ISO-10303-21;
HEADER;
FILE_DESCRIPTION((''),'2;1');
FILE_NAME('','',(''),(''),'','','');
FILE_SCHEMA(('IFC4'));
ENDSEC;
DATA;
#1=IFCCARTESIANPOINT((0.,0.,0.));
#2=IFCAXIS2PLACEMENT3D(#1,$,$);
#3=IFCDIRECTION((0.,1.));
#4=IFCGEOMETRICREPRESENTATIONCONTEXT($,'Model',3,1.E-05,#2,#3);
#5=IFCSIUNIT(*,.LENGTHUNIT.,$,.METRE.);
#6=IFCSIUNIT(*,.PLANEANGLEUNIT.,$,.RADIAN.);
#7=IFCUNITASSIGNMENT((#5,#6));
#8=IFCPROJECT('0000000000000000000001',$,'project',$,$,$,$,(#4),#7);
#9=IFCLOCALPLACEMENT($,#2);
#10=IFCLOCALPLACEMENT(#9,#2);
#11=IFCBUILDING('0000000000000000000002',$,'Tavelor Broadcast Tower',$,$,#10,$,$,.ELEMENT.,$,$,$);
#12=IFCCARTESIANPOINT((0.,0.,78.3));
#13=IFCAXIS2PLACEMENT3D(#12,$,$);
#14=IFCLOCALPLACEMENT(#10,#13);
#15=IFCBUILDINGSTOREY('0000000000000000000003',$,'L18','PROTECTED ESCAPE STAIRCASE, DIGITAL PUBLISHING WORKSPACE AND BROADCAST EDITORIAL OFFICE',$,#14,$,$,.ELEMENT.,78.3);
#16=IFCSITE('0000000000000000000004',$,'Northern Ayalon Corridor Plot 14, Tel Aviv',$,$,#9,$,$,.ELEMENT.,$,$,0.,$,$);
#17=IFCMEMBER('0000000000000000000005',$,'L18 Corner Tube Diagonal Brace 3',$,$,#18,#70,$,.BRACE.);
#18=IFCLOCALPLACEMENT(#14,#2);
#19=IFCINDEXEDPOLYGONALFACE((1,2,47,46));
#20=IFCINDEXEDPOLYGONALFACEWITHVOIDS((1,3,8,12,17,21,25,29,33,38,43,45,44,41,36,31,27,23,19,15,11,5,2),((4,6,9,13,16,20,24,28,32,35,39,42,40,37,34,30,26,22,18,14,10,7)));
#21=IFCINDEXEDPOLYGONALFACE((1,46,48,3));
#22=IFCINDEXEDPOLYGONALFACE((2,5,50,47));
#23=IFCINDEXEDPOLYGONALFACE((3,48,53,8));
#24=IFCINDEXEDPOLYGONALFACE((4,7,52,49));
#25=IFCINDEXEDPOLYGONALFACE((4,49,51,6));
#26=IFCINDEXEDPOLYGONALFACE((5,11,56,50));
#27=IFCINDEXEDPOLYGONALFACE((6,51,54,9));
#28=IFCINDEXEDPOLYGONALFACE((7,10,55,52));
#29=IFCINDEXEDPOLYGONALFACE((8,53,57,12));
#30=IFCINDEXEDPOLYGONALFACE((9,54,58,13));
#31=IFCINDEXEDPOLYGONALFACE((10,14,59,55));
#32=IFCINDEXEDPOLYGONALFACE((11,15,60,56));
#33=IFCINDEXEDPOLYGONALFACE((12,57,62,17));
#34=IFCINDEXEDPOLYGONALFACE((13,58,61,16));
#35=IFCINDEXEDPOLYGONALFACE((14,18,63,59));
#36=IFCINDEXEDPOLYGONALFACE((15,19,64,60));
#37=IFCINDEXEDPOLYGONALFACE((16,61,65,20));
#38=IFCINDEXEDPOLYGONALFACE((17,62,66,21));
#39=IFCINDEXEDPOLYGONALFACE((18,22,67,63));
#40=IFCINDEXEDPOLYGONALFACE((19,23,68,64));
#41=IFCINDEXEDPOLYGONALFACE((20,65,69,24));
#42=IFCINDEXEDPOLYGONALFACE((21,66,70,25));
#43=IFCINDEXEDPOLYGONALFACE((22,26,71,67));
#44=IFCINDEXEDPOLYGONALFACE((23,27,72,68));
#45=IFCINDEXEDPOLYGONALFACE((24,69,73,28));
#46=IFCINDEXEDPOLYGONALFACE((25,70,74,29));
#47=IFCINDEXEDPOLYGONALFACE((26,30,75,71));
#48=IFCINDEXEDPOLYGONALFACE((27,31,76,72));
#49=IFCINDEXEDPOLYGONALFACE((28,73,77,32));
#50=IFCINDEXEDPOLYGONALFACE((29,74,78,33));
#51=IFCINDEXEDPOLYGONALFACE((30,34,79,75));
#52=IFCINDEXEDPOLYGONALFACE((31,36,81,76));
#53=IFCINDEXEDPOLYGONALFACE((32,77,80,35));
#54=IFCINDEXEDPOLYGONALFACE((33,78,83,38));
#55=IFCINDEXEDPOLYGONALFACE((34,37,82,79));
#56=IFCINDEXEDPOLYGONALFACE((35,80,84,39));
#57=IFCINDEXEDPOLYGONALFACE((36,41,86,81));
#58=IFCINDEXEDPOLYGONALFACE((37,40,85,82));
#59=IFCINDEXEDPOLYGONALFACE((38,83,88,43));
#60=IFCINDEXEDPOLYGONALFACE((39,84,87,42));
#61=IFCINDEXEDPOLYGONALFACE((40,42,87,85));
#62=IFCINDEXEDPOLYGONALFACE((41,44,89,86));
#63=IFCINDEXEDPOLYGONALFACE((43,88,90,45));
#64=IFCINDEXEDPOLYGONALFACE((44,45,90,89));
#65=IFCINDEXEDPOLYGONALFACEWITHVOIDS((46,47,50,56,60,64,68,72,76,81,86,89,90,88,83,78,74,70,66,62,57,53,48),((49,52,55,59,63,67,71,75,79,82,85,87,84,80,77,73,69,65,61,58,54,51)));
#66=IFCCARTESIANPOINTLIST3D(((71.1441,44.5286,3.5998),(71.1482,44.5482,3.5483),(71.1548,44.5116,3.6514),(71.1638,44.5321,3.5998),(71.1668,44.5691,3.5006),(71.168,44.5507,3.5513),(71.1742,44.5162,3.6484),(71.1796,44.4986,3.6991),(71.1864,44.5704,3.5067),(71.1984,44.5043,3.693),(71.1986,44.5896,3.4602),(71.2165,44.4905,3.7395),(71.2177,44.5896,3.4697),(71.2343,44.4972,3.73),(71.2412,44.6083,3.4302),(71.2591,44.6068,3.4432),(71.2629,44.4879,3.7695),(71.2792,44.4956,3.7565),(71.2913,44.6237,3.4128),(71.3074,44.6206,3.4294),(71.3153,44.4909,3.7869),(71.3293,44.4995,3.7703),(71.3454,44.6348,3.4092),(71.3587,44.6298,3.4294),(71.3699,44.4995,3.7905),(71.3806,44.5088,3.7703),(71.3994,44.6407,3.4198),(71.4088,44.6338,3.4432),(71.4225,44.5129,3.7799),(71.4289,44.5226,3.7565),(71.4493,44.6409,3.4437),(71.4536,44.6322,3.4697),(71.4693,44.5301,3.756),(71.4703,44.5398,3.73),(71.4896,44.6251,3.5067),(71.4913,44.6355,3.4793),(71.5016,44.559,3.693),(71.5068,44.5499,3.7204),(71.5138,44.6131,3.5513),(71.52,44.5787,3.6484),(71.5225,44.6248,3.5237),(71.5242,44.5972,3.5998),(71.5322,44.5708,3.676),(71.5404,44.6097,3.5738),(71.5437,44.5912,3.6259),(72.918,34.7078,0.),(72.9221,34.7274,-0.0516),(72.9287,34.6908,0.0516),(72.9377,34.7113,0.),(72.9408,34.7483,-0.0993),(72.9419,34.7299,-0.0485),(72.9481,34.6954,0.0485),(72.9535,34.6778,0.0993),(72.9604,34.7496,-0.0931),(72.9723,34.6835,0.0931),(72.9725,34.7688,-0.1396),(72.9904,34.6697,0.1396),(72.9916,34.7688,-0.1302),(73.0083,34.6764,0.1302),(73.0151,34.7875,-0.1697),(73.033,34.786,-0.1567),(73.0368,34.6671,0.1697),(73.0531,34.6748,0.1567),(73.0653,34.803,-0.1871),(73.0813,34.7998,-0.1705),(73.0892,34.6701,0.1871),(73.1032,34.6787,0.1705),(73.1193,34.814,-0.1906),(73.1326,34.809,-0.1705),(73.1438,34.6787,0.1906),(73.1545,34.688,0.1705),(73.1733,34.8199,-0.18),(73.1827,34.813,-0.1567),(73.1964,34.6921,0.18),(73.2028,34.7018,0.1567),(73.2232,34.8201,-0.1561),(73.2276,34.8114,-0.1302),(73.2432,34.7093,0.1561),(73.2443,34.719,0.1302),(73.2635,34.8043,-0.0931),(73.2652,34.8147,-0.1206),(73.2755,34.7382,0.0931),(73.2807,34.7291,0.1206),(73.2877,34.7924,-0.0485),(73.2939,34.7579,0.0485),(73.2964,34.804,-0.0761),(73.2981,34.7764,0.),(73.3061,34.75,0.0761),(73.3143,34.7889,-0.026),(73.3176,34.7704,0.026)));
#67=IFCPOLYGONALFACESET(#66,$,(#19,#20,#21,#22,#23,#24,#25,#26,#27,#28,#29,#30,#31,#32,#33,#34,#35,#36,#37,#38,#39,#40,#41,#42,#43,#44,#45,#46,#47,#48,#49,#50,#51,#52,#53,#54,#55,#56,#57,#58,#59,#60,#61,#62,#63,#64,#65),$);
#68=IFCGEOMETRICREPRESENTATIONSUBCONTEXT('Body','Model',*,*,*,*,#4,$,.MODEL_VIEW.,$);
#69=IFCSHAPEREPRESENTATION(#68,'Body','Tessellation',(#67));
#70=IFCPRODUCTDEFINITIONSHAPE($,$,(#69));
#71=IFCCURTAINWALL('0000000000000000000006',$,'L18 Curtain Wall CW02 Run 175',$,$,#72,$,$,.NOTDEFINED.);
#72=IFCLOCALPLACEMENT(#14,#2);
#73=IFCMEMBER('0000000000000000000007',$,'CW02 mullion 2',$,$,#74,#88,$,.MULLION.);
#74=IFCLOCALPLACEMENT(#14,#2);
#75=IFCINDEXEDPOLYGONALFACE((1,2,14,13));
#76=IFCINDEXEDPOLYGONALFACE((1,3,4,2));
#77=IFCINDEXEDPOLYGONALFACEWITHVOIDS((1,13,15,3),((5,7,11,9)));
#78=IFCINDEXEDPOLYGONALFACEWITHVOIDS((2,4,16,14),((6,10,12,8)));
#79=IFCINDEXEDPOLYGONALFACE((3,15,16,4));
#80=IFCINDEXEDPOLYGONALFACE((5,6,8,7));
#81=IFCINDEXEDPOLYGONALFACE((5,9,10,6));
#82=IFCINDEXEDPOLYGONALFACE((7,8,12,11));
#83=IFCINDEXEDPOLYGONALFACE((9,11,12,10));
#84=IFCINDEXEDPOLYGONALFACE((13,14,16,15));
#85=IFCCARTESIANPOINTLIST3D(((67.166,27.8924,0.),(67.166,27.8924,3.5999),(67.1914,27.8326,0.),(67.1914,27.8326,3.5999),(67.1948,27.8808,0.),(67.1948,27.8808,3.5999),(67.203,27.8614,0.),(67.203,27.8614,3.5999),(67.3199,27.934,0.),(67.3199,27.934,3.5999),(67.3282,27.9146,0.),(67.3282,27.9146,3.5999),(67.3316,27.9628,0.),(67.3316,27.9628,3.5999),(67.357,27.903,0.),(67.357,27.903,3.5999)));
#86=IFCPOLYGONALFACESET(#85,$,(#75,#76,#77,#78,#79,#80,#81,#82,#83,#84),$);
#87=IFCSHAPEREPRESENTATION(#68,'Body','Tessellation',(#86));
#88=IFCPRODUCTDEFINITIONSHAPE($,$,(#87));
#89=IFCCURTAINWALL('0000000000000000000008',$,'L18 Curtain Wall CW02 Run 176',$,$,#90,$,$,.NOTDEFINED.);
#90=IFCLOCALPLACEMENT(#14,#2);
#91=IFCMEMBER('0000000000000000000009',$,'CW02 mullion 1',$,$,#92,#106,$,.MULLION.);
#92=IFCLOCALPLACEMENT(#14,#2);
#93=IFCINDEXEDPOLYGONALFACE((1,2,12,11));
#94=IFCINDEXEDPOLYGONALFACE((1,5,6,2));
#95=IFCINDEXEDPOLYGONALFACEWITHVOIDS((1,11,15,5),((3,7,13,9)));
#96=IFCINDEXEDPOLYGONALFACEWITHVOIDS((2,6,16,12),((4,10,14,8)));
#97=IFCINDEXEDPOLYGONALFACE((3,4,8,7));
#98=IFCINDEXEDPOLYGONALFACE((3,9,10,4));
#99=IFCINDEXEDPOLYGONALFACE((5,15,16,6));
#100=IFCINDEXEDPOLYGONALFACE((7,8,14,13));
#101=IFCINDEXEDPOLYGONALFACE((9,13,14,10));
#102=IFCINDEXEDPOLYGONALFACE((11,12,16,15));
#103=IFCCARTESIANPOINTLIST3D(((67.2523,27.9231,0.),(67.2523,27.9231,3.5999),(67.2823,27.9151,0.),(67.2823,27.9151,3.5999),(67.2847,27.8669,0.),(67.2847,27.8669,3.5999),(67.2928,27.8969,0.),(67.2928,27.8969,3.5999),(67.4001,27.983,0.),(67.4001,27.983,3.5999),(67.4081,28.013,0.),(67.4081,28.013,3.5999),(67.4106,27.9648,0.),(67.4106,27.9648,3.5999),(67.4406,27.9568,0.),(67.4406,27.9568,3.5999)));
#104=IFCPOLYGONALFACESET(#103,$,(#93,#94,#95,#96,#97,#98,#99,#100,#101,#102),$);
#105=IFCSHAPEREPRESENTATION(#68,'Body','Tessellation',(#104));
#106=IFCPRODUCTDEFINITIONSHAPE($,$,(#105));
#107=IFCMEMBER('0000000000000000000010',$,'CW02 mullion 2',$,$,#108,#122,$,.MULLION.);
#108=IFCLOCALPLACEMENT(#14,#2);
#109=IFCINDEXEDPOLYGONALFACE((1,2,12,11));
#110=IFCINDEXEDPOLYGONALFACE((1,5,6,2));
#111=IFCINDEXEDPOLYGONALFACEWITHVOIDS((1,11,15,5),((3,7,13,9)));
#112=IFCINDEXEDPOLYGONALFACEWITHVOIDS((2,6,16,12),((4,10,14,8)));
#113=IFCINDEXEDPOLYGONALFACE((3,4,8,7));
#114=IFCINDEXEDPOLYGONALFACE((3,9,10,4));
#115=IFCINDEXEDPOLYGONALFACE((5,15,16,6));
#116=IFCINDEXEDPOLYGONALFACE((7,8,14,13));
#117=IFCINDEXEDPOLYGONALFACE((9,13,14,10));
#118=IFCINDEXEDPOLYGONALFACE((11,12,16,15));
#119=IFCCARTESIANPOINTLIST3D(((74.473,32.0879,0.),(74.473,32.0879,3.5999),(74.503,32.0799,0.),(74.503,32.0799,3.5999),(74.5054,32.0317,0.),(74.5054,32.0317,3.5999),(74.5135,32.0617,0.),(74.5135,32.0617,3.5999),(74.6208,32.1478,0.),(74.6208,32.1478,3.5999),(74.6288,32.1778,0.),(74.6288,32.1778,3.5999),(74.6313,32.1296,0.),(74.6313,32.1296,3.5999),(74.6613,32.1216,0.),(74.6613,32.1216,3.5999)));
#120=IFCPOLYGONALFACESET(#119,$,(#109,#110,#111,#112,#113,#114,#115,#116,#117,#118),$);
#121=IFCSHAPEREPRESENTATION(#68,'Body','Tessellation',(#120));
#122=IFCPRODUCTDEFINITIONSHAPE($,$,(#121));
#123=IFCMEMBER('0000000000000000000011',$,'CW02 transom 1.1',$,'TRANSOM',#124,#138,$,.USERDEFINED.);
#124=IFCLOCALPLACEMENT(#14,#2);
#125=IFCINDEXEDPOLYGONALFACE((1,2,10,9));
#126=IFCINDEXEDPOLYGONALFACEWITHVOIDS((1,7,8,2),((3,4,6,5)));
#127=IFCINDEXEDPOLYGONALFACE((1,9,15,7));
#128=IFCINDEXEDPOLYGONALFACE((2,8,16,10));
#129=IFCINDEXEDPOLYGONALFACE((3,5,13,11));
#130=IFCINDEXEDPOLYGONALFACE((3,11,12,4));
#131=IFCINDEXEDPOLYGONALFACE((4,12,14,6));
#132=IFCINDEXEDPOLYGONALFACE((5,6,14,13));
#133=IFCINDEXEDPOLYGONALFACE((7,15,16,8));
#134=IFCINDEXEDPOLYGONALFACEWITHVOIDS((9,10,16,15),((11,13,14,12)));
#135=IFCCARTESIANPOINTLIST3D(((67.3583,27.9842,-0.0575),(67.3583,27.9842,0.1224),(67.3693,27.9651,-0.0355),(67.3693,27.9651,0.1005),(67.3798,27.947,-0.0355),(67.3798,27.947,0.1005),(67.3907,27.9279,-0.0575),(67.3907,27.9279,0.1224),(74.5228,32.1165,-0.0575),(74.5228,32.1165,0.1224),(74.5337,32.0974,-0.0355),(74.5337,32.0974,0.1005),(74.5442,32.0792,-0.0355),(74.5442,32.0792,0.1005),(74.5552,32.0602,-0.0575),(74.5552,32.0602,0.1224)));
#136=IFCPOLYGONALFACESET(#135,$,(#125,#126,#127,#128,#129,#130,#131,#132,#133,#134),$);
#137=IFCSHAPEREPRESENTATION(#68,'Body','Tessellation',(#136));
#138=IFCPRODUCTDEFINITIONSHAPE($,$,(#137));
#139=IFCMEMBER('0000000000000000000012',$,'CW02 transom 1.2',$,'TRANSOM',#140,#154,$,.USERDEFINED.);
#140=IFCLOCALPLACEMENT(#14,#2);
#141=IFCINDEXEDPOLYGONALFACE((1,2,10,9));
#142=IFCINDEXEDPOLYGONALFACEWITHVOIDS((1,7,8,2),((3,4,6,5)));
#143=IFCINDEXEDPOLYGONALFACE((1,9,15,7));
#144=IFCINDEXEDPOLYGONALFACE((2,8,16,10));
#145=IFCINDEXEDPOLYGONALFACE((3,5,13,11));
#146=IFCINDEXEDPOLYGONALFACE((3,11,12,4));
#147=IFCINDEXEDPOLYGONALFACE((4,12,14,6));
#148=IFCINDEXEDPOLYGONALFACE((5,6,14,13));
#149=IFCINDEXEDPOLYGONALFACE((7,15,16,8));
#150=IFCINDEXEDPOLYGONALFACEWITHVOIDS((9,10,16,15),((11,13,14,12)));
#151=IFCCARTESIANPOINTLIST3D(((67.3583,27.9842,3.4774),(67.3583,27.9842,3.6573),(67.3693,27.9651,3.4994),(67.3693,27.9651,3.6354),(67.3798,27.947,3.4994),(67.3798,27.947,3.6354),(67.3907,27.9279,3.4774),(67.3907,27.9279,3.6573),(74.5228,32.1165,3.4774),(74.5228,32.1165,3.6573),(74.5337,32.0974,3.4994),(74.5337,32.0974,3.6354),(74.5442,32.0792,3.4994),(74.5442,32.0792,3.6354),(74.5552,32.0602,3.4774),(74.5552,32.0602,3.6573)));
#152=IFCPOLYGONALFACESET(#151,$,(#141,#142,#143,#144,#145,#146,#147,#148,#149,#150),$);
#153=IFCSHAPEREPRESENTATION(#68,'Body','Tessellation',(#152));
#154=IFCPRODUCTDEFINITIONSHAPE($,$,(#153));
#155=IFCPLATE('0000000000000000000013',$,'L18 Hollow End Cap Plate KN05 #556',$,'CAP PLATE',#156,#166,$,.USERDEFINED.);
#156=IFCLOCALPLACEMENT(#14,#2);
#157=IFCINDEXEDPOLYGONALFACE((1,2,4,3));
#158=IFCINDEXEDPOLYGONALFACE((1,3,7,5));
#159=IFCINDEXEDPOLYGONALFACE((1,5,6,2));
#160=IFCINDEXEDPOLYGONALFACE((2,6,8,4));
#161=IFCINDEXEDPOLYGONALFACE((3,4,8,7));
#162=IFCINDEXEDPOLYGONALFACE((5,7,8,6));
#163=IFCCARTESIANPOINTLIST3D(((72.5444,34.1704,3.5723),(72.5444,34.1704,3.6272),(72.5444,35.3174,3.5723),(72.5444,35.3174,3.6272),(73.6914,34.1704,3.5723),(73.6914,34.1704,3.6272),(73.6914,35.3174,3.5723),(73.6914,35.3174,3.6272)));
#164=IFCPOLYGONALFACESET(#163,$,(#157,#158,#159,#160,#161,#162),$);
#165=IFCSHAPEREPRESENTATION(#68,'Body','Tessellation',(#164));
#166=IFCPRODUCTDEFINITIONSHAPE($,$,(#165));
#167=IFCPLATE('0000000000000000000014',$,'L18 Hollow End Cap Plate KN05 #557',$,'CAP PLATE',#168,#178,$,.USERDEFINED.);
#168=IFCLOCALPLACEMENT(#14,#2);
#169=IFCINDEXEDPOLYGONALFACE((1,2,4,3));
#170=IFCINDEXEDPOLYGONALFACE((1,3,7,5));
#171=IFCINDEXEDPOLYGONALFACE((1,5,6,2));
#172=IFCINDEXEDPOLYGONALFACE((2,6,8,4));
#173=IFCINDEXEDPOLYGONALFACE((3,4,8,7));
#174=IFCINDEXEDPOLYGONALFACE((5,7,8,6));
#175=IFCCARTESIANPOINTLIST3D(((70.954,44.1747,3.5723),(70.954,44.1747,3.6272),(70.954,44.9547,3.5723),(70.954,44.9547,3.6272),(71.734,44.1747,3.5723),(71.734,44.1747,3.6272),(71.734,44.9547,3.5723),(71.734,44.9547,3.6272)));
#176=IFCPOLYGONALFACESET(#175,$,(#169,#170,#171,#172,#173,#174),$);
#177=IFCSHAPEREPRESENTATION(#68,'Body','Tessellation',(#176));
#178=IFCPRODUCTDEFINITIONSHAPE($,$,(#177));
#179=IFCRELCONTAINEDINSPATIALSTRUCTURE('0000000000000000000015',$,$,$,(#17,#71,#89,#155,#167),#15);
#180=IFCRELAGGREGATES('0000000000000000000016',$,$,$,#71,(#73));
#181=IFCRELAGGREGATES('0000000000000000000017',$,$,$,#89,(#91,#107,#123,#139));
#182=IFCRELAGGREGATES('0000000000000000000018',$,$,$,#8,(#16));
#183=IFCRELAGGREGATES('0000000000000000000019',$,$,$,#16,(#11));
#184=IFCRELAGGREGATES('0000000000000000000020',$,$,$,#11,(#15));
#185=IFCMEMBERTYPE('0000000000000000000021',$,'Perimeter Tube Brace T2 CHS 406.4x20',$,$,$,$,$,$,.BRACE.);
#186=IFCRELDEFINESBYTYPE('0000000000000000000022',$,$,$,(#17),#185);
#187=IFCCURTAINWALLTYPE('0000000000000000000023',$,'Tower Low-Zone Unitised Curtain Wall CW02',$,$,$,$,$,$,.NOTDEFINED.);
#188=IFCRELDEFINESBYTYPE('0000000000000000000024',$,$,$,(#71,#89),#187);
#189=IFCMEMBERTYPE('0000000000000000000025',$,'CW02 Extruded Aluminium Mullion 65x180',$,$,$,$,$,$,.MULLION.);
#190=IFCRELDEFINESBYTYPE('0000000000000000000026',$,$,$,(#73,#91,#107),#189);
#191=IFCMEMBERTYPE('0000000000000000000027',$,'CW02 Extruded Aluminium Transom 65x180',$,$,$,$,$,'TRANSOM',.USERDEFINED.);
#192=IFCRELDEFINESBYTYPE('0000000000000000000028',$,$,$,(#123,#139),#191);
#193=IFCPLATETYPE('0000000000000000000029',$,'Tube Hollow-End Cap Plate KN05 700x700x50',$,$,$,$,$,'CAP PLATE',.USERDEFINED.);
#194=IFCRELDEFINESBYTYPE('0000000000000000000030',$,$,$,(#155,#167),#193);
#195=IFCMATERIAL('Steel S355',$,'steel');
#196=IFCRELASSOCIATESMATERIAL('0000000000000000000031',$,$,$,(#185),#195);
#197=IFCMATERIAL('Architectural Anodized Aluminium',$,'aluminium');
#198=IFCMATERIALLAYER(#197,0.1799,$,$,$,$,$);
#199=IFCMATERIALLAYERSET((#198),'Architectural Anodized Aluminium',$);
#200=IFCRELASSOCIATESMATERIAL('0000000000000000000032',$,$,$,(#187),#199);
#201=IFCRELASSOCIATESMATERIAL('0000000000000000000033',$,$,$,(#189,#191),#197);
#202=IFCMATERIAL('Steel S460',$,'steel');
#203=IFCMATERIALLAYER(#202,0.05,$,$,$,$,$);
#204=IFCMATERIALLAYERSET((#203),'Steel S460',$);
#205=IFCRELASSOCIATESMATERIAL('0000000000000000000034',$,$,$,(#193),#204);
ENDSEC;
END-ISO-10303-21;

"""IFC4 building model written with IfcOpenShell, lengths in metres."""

from ifc_helpers import new_model, si_unit, direction, frame, origin, origin_2d, place, context, subcontext, project, spatial, rectangle, hollow_rectangle, hollow_circle, extrude, source, transform, mapped, material, layer, layer_set, material_profile, profile_set, type_object, type_shapes, element, aggregate, save


model = new_model("IFC4")

# Units and contexts
model_context = context("Model", 3, precision=1e-05, world=origin(), true_north=direction((0.0, 1.0)))
body_context = subcontext(model_context, "Body", "Model", "MODEL_VIEW")
ifc_project = project(units=[si_unit("LENGTHUNIT", "METRE"), si_unit("PLANEANGLEUNIT", "RADIAN")], contexts=[model_context])

# Site, building, storey
site_placement = place(None, origin())
site = spatial("IfcSite", under=ifc_project, at=site_placement, Name="Northern Ayalon Corridor Plot 14, Tel Aviv", CompositionType="ELEMENT", RefElevation=0.0)
building_placement = place(site_placement, origin())
building = spatial("IfcBuilding", under=site, at=building_placement, Name="Tavelor Broadcast Tower", CompositionType="ELEMENT")
storey_placement = place(building_placement, frame((0.0, 0.0, 78.3)))
storey = spatial("IfcBuildingStorey", under=building, at=storey_placement, Name="L18", Description="PROTECTED ESCAPE STAIRCASE, DIGITAL PUBLISHING WORKSPACE AND BROADCAST EDITORIAL OFFICE", CompositionType="ELEMENT", Elevation=78.3)

# Shared definitions
ifc_material_1 = material(Name="Steel S460", Category="steel")

# Shared definitions
ifc_material_2 = material(Name="Steel S355", Category="steel")

# Member
ifc_material_profile_1 = material_profile(ifc_material_2, hollow_circle(Radius=0.2031, WallThickness=0.02, at=origin_2d()), Name="CHS 406.4x20")
ifc_profile_set_1 = profile_set([ifc_material_profile_1], Name="Steel S355")
member_type_1 = type_object("IfcMemberType", Name="Perimeter Tube Brace T2 CHS 406.4x20", PredefinedType="BRACE", material=ifc_profile_set_1)
member_1_placement = place(storey_placement, frame((73.1179, 34.7439, 0.0), z_axis=(-0.167207, 0.925692, 0.339316), x_axis=(-0.984075, -0.177753, 0.0)))
element("IfcMember", 1, at=member_1_placement, inside=storey, type_object=member_type_1, Name="L18 Corner Tube Diagonal Brace 3", PredefinedType="BRACE", context=body_context, shape_type="SweptSolid", body=[
    extrude(hollow_circle(Radius=0.2031, WallThickness=0.02, at=origin_2d()), origin(), (0.0, 0.0, 1.0), 10.6091),
])

# Curtain wall, member
ifc_material_3 = material(Name="Architectural Anodized Aluminium", Category="aluminium")
ifc_layer_1 = layer(ifc_material_3, 0.1799)
ifc_layer_set_1 = layer_set([ifc_layer_1], Name="Architectural Anodized Aluminium")
curtain_wall_type = type_object("IfcCurtainWallType", Name="Tower Low-Zone Unitised Curtain Wall CW02", PredefinedType="NOTDEFINED", material=ifc_layer_set_1)
curtain_wall_1_placement = place(storey_placement, origin())
curtain_wall_1 = element("IfcCurtainWall", 2, at=curtain_wall_1_placement, inside=storey, type_object=curtain_wall_type, Name="L18 Curtain Wall CW02 Run 175", PredefinedType="NOTDEFINED")
ifc_material_profile_2 = material_profile(ifc_material_3, hollow_rectangle(XDim=0.0649, YDim=0.1799, WallThickness=0.022, at=origin_2d()), Name="RHS 65x180x22")
ifc_profile_set_2 = profile_set([ifc_material_profile_2], Name="Architectural Anodized Aluminium")
member_type_2 = type_object("IfcMemberType", Name="CW02 Extruded Aluminium Mullion 65x180", PredefinedType="MULLION", material=ifc_profile_set_2)
shared_shape_1 = source(origin(), body_context, "Body", "SweptSolid", [
    extrude(hollow_rectangle(XDim=0.0649, YDim=0.1799, WallThickness=0.022, at=origin_2d()), origin(), (0.0, 0.0, 1.0), 3.5999),
])
type_shapes(member_type_2, [shared_shape_1])
member_2_placement = place(storey_placement, frame((67.2615, 27.8977, 0.0), z_axis=(0.0, 0.0, 1.0), x_axis=(-0.391161, 0.920322, 0.0)))
member_2 = element("IfcMember", 3, at=member_2_placement, type_object=member_type_2, Name="CW02 mullion 2", PredefinedType="MULLION", context=body_context, shape_type="MappedRepresentation", body=[
    mapped(shared_shape_1, transform((0.0, 0.0, 0.0), scale=1.0)),
])
aggregate(curtain_wall_1, [member_2])

# Curtain wall, members
curtain_wall_2_placement = place(storey_placement, origin())
curtain_wall_2 = element("IfcCurtainWall", 4, at=curtain_wall_2_placement, inside=storey, type_object=curtain_wall_type, Name="L18 Curtain Wall CW02 Run 176", PredefinedType="NOTDEFINED")
member_3_placement = place(storey_placement, frame((67.3464, 27.9399, 0.0), z_axis=(0.0, 0.0, 1.0), x_axis=(-0.499636, 0.866236, 0.0)))
member_3 = element("IfcMember", 5, at=member_3_placement, type_object=member_type_2, Name="CW02 mullion 1", PredefinedType="MULLION", context=body_context, shape_type="MappedRepresentation", body=[
    mapped(shared_shape_1, transform((0.0, 0.0, 0.0), scale=1.0)),
])
member_4_placement = place(storey_placement, frame((74.5671, 32.1047, 0.0), z_axis=(0.0, 0.0, 1.0), x_axis=(-0.499636, 0.866236, 0.0)))
member_4 = element("IfcMember", 6, at=member_4_placement, type_object=member_type_2, Name="CW02 mullion 2", PredefinedType="MULLION", context=body_context, shape_type="MappedRepresentation", body=[
    mapped(shared_shape_1, transform((0.0, 0.0, 0.0), scale=1.0)),
])
ifc_material_profile_3 = material_profile(ifc_material_3, hollow_rectangle(XDim=0.0649, YDim=0.1799, WallThickness=0.022, at=origin_2d()), Name="RHS 65x180x22")
ifc_profile_set_3 = profile_set([ifc_material_profile_3], Name="Architectural Anodized Aluminium")
member_type_3 = type_object("IfcMemberType", Name="CW02 Extruded Aluminium Transom 65x180", ElementType="TRANSOM", PredefinedType="USERDEFINED", material=ifc_profile_set_3)
shared_shape_2 = source(origin(), body_context, "Body", "SweptSolid", [
    extrude(hollow_rectangle(XDim=0.0649, YDim=0.1799, WallThickness=0.022, at=origin_2d()), origin(), (0.0, 0.0, 1.0), 8.2708),
])
type_shapes(member_type_3, [shared_shape_2])
member_5_placement = place(storey_placement, frame((67.3745, 27.9561, 0.0325), z_axis=(0.866242, 0.499625, 0.0), x_axis=(-0.499625, 0.866242, 0.0)))
member_5 = element("IfcMember", 7, at=member_5_placement, type_object=member_type_3, Name="CW02 transom 1.1", ObjectType="TRANSOM", PredefinedType="USERDEFINED", context=body_context, shape_type="MappedRepresentation", body=[
    mapped(shared_shape_2, transform((0.0, 0.0, 0.0), scale=1.0)),
])
member_6_placement = place(storey_placement, frame((67.3745, 27.9561, 3.5674), z_axis=(0.866242, 0.499625, 0.0), x_axis=(-0.499625, 0.866242, 0.0)))
member_6 = element("IfcMember", 8, at=member_6_placement, type_object=member_type_3, Name="CW02 transom 1.2", ObjectType="TRANSOM", PredefinedType="USERDEFINED", context=body_context, shape_type="MappedRepresentation", body=[
    mapped(shared_shape_2, transform((0.0, 0.0, 0.0), scale=1.0)),
])

# Plates
ifc_layer_2 = layer(ifc_material_1, 0.05)
ifc_layer_set_2 = layer_set([ifc_layer_2], Name="Steel S460")
plate_type_1 = type_object("IfcPlateType", Name="Tube Hollow-End Cap Plate KN05 700x700x50", ElementType="CAP PLATE", PredefinedType="USERDEFINED", material=ifc_layer_set_2)
shared_shape_3 = source(origin(), body_context, "Body", "SweptSolid", [
    extrude(rectangle(XDim=1.147, YDim=1.147, at=origin_2d()), origin(), (0.0, 0.0, 1.0), 0.0549),
])
plate_1_placement = place(storey_placement, frame((73.1179, 34.7439, 3.5723), z_axis=(0.0, 0.0, 1.0), x_axis=(1.0, 0.0, 0.0)))
element("IfcPlate", 9, at=plate_1_placement, inside=storey, type_object=plate_type_1, Name="L18 Hollow End Cap Plate KN05 #556", ObjectType="CAP PLATE", PredefinedType="USERDEFINED", context=body_context, shape_type="MappedRepresentation", body=[
    mapped(shared_shape_3, transform((0.0, 0.0, 0.0), scale=1.0)),
])
shared_shape_4 = source(origin(), body_context, "Body", "SweptSolid", [
    extrude(rectangle(XDim=0.78, YDim=0.78, at=origin_2d()), origin(), (0.0, 0.0, 1.0), 0.0549),
])
type_shapes(plate_type_1, [shared_shape_3, shared_shape_4])
plate_2_placement = place(storey_placement, frame((71.344, 44.5647, 3.5723), z_axis=(0.0, 0.0, 1.0), x_axis=(1.0, 0.0, 0.0)))
element("IfcPlate", 10, at=plate_2_placement, inside=storey, type_object=plate_type_1, Name="L18 Hollow End Cap Plate KN05 #557", ObjectType="CAP PLATE", PredefinedType="USERDEFINED", context=body_context, shape_type="MappedRepresentation", body=[
    mapped(shared_shape_4, transform((0.0, 0.0, 0.0), scale=1.0)),
])

aggregate(curtain_wall_2, [member_3, member_4, member_5, member_6])

save(model, "model.ifc")
